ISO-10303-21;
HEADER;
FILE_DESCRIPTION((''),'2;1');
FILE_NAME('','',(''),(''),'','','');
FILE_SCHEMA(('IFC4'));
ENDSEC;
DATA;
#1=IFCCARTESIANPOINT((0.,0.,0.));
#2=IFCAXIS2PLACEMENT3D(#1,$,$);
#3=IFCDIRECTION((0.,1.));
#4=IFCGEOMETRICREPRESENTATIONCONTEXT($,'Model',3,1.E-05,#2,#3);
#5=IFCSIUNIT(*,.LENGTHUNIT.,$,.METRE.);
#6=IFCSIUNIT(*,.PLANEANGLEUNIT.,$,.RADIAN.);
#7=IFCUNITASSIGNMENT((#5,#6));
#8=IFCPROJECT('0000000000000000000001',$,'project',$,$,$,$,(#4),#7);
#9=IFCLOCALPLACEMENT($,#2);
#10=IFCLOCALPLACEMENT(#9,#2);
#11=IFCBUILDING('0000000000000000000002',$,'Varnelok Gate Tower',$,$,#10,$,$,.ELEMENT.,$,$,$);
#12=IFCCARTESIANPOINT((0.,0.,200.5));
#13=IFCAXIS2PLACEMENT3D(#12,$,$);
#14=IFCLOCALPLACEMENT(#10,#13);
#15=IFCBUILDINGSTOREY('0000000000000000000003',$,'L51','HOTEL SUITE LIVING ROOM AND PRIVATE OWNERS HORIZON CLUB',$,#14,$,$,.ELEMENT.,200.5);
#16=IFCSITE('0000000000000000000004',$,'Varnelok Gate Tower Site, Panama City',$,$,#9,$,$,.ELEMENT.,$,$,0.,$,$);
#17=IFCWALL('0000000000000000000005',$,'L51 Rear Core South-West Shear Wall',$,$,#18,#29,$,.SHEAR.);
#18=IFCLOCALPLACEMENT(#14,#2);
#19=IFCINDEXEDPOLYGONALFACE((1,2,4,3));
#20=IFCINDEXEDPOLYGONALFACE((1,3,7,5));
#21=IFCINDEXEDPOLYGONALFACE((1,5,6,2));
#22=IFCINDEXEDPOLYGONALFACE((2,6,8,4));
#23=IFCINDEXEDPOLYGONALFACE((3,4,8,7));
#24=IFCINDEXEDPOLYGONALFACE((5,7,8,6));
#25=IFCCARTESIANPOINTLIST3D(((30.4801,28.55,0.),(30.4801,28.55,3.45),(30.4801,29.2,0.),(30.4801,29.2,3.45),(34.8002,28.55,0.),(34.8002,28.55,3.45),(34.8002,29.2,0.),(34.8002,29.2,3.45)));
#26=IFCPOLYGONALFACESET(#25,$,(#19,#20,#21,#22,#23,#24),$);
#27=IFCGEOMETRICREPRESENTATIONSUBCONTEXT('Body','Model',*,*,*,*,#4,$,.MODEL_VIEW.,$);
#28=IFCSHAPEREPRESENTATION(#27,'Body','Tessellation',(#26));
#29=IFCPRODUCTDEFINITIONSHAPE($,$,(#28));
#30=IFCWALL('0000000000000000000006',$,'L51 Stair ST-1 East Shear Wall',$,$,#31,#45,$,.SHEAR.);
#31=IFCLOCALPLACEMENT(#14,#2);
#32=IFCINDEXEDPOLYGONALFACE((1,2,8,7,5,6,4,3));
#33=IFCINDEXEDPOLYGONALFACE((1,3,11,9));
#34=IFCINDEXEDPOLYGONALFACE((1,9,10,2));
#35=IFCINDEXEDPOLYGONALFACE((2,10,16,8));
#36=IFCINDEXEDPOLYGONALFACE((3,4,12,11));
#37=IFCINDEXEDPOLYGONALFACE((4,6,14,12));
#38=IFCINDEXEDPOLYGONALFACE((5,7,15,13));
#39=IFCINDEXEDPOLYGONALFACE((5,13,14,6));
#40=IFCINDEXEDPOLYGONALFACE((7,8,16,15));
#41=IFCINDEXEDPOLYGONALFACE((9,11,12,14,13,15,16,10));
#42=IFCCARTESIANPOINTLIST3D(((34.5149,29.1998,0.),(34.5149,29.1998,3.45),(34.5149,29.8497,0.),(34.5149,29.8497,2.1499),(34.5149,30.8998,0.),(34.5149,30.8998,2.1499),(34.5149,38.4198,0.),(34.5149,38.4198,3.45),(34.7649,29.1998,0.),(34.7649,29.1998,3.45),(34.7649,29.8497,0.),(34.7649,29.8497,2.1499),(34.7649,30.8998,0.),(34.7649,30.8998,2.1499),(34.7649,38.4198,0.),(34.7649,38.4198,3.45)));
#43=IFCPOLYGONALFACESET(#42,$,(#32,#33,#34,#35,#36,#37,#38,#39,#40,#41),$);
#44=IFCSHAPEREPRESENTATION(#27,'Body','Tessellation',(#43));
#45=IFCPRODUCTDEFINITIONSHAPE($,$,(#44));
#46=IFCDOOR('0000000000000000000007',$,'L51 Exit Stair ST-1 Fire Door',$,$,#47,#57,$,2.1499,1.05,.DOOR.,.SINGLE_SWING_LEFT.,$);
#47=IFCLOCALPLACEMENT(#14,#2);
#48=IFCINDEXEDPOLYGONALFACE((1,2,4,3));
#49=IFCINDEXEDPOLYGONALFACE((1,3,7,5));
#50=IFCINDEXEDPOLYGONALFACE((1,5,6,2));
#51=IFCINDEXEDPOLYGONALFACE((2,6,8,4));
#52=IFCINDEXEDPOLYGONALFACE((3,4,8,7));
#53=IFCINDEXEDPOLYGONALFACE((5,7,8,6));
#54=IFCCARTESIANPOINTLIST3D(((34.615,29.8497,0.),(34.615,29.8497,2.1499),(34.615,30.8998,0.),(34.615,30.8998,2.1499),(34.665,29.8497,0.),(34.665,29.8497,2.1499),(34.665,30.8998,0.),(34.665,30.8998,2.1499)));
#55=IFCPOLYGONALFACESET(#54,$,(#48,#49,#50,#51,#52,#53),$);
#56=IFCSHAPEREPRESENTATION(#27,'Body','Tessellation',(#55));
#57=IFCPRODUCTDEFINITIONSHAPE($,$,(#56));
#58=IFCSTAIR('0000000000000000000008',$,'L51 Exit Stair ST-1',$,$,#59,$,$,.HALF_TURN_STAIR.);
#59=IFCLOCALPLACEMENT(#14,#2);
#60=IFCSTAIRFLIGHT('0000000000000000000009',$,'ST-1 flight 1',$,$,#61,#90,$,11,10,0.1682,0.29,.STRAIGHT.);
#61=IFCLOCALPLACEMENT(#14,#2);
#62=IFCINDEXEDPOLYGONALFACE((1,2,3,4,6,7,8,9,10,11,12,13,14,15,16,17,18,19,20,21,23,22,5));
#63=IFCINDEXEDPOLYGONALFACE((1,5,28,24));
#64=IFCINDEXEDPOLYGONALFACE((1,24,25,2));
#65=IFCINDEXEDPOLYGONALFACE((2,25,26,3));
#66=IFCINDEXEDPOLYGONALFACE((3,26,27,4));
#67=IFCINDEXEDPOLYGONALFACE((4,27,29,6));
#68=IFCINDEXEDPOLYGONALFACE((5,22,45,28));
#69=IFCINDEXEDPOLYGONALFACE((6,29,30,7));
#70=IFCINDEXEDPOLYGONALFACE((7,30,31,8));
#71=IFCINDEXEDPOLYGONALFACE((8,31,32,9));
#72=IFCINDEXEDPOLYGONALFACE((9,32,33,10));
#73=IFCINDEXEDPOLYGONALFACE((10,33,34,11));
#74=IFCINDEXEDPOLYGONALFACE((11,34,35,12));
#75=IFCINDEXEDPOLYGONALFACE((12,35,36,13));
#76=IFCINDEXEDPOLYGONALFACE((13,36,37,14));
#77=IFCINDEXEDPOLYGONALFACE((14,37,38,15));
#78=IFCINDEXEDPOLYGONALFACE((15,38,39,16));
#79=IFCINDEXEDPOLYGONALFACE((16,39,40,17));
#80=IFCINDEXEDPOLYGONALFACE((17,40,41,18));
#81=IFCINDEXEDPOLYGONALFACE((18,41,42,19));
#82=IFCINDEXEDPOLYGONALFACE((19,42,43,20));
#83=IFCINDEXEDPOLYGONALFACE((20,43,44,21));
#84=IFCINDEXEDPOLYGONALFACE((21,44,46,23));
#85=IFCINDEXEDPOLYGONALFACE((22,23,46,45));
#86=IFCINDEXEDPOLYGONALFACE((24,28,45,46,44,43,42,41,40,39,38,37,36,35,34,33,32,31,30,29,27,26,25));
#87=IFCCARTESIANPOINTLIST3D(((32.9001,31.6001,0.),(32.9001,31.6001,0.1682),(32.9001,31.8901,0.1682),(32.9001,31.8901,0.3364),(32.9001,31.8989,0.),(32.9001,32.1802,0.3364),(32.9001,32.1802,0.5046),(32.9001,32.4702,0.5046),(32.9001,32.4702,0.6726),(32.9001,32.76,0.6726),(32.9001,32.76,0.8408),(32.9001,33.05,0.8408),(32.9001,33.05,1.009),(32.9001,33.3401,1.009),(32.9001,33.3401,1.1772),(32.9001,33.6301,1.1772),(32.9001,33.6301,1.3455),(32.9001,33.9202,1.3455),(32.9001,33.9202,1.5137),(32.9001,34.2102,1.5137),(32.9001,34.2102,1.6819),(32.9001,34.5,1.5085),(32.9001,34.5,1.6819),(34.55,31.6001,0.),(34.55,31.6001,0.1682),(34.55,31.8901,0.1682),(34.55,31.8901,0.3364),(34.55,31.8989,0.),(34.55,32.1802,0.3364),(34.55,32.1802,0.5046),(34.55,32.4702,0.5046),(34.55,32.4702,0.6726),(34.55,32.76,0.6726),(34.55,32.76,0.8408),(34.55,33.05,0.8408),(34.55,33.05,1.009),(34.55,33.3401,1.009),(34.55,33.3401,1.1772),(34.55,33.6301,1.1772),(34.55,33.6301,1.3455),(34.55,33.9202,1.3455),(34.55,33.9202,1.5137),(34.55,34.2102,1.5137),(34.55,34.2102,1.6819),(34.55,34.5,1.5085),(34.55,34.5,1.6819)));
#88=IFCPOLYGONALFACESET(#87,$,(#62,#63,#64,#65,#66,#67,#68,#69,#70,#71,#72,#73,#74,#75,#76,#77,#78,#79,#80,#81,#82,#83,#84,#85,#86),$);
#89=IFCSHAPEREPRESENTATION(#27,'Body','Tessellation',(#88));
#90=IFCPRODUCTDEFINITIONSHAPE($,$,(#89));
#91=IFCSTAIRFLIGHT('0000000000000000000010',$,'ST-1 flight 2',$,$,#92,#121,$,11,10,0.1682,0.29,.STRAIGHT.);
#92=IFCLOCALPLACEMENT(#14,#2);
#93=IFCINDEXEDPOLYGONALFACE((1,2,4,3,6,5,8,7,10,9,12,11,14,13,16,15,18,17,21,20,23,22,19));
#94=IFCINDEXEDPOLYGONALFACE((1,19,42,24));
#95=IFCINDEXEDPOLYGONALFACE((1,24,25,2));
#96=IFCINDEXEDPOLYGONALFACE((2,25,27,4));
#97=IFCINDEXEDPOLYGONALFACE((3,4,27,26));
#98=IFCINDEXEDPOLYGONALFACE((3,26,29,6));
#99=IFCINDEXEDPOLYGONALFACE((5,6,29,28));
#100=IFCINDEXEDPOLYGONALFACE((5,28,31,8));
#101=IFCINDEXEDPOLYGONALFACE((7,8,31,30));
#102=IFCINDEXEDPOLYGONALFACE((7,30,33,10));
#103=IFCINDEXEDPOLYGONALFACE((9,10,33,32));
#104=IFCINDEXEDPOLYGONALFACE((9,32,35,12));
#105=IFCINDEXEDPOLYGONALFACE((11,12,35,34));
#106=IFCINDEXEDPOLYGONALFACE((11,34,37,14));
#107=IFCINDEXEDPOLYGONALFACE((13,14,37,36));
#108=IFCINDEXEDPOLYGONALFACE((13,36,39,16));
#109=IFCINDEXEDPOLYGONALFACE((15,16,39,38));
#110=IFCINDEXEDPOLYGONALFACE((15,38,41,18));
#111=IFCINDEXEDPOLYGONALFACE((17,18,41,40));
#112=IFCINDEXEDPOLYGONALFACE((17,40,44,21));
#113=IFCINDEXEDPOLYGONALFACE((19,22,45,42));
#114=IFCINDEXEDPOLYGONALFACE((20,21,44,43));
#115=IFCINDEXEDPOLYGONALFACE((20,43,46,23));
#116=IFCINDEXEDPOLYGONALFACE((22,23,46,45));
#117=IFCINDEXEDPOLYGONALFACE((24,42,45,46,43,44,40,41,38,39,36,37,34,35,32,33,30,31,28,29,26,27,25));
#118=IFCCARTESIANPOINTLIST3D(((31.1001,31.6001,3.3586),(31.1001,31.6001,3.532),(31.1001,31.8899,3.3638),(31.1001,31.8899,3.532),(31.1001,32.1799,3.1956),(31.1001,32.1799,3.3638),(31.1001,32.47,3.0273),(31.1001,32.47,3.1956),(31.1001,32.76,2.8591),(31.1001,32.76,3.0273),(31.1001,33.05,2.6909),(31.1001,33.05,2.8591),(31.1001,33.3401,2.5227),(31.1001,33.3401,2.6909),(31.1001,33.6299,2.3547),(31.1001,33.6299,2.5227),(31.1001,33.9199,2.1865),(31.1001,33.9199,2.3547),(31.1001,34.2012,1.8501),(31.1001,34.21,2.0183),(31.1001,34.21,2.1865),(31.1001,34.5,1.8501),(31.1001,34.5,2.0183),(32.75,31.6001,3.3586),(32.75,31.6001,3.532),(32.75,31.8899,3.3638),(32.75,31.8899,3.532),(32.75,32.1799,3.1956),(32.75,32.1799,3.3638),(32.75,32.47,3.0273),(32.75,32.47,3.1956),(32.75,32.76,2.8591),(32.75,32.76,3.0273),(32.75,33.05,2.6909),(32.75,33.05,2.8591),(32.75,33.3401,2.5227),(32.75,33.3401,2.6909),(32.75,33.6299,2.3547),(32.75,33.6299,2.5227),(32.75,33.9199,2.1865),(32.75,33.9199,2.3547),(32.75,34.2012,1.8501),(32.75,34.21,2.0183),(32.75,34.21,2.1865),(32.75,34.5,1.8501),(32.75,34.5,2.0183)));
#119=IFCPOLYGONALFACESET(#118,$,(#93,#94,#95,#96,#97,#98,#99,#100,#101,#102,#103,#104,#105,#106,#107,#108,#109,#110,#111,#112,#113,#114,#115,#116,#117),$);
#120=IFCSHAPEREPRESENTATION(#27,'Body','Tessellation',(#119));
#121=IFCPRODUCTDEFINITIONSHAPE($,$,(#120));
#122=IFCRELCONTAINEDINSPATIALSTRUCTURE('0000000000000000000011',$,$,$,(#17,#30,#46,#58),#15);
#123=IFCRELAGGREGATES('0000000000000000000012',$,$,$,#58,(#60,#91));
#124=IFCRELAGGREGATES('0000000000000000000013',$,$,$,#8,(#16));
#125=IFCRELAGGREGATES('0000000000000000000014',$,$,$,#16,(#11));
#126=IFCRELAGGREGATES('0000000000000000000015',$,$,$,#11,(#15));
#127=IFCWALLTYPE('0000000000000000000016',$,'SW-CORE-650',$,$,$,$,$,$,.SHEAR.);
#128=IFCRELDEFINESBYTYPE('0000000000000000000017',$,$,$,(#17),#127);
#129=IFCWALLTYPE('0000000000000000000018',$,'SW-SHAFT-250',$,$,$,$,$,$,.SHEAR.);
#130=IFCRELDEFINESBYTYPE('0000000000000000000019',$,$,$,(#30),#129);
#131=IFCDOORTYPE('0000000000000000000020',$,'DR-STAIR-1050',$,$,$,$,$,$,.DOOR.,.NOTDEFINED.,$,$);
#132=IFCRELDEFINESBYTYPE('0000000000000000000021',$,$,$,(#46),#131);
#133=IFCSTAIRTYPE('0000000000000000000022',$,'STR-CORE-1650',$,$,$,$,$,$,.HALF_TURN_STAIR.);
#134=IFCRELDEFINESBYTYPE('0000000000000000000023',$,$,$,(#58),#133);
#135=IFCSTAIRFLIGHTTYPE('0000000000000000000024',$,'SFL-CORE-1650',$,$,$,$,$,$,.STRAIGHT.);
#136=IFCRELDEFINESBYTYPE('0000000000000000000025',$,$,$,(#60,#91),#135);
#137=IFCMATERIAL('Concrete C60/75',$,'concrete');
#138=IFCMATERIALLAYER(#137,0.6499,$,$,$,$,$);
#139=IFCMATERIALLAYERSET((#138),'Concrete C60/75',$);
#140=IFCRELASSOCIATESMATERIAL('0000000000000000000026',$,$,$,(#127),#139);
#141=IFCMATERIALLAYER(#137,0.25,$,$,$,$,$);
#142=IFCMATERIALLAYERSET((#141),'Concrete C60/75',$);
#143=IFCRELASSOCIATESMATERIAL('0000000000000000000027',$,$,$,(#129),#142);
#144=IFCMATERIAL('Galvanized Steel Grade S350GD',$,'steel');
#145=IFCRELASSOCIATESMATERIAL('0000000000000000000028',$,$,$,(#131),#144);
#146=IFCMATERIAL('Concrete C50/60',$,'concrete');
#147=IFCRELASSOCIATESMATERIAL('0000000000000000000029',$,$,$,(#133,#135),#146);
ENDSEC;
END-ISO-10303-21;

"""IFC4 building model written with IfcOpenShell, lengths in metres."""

from ifc_helpers import new_model, si_unit, direction, frame, frame_2d, origin, place, context, subcontext, project, spatial, polyline, rectangle, outline, extrude, material, layer, layer_set, type_object, element, fill, aggregate, save


model = new_model("IFC4")

# Units and contexts
model_context = context("Model", 3, precision=1e-05, world=origin(), true_north=direction((0.0, 1.0)))
body_context = subcontext(model_context, "Body", "Model", "MODEL_VIEW")
ifc_project = project(units=[si_unit("LENGTHUNIT", "METRE"), si_unit("PLANEANGLEUNIT", "RADIAN")], contexts=[model_context])

# Site, building, storey
site_placement = place(None, origin())
site = spatial("IfcSite", under=ifc_project, at=site_placement, Name="Varnelok Gate Tower Site, Panama City", CompositionType="ELEMENT", RefElevation=0.0)
building_placement = place(site_placement, origin())
building = spatial("IfcBuilding", under=site, at=building_placement, Name="Varnelok Gate Tower", CompositionType="ELEMENT")
storey_placement = place(building_placement, frame((0.0, 0.0, 200.5)))
storey = spatial("IfcBuildingStorey", under=building, at=storey_placement, Name="L51", Description="HOTEL SUITE LIVING ROOM AND PRIVATE OWNERS HORIZON CLUB", CompositionType="ELEMENT", Elevation=200.5)

# Shared definitions
ifc_material_1 = material(Name="Concrete C60/75", Category="concrete")

# Shared definitions
ifc_material_2 = material(Name="Galvanized Steel Grade S350GD", Category="steel")

# Wall
ifc_layer_1 = layer(ifc_material_1, 0.6499)
ifc_layer_set_1 = layer_set([ifc_layer_1], Name="Concrete C60/75")
wall_type_1 = type_object("IfcWallType", Name="SW-CORE-650", PredefinedType="SHEAR", material=ifc_layer_set_1)
wall_1_placement = place(storey_placement, frame((30.48, 28.875, 0.0), z_axis=(0.0, 0.0, 1.0), x_axis=(1.0, 0.0, 0.0)))
element("IfcWall", 1, at=wall_1_placement, inside=storey, type_object=wall_type_1, Name="L51 Rear Core South-West Shear Wall", PredefinedType="SHEAR", context=body_context, shape_type="SweptSolid", body=[
    extrude(rectangle(XDim=4.3201, YDim=0.6499, at=frame_2d((2.1602, 0.0))), origin(), (0.0, 0.0, 1.0), 3.45),
])

# Wall, opening, door
ifc_layer_2 = layer(ifc_material_1, 0.25)
ifc_layer_set_2 = layer_set([ifc_layer_2], Name="Concrete C60/75")
wall_type_2 = type_object("IfcWallType", Name="SW-SHAFT-250", PredefinedType="SHEAR", material=ifc_layer_set_2)
wall_2_placement = place(storey_placement, frame((34.6399, 29.2, 0.0), z_axis=(0.0, 0.0, 1.0), x_axis=(0.0, 1.0, 0.0)))
wall_2 = element("IfcWall", 2, at=wall_2_placement, inside=storey, type_object=wall_type_2, Name="L51 Stair ST-1 East Shear Wall", PredefinedType="SHEAR", context=body_context, shape_type="SweptSolid", body=[
    extrude(rectangle(XDim=9.22, YDim=0.25, at=frame_2d((4.6099, 0.0))), origin(), (0.0, 0.0, 1.0), 3.45),
])
opening_1_placement = place(wall_2_placement, frame((0.6499, 0.0, 0.0)))
opening_1 = element("IfcOpeningElement", 3, at=opening_1_placement, cuts=wall_2, PredefinedType="OPENING", context=body_context, shape_type="SweptSolid", body=[
    extrude(rectangle(XDim=1.05, YDim=2.1499, at=frame_2d((0.5249, 1.075))), frame((0.0, 0.135, 0.0), z_axis=(0.0, -1.0, 0.0), x_axis=(1.0, 0.0, 0.0)), (0.0, 0.0, 1.0), 0.27),
])
door_type_1 = type_object("IfcDoorType", Name="DR-STAIR-1050", OperationType="NOTDEFINED", PredefinedType="DOOR", material=ifc_material_2)
door_1_placement = place(opening_1_placement, origin())
door_1 = element("IfcDoor", 4, at=door_1_placement, inside=storey, type_object=door_type_1, Name="L51 Exit Stair ST-1 Fire Door", OperationType="SINGLE_SWING_LEFT", OverallHeight=2.1499, OverallWidth=1.05, PredefinedType="DOOR", context=body_context, shape_type="SweptSolid", body=[
    extrude(rectangle(XDim=1.05, YDim=2.1499, at=frame_2d((0.5249, 1.075))), frame((0.0, 0.0249, 0.0), z_axis=(0.0, -1.0, 0.0), x_axis=(1.0, 0.0, 0.0)), (0.0, 0.0, 1.0), 0.05),
])
fill(opening_1, door_1)

# Stair, stair flights
ifc_material_3 = material(Name="Concrete C50/60", Category="concrete")
stair_type = type_object("IfcStairType", Name="STR-CORE-1650", PredefinedType="HALF_TURN_STAIR", material=ifc_material_3)
stair_placement = place(storey_placement, origin())
stair = element("IfcStair", 5, at=stair_placement, inside=storey, type_object=stair_type, Name="L51 Exit Stair ST-1", PredefinedType="HALF_TURN_STAIR")
stair_flight_type = type_object("IfcStairFlightType", Name="SFL-CORE-1650", PredefinedType="STRAIGHT", material=ifc_material_3)
stair_flight_1_placement = place(storey_placement, frame((33.7251, 31.6001, 0.0), z_axis=(0.0, 0.0, 1.0), x_axis=(0.0, 1.0, 0.0)))
stair_flight_1 = element("IfcStairFlight", 6, at=stair_flight_1_placement, type_object=stair_flight_type, Name="ST-1 flight 1", NumberOfRisers=11, NumberOfTreads=10, PredefinedType="STRAIGHT", RiserHeight=0.1682, TreadLength=0.29, context=body_context, shape_type="SweptSolid", body=[
    extrude(outline(polyline([(0.0, 0.0), (0.0, 0.1682), (0.29, 0.1682), (0.29, 0.3364), (0.5801, 0.3364), (0.5801, 0.5046), (0.8701, 0.5046), (0.8701, 0.6726), (1.1599, 0.6726), (1.1599, 0.8408), (1.45, 0.8408), (1.45, 1.009), (1.74, 1.009), (1.74, 1.1772), (2.03, 1.1772), (2.03, 1.3455), (2.3201, 1.3455), (2.3201, 1.5137), (2.6101, 1.5137), (2.6101, 1.6819), (2.8999, 1.6819), (2.8999, 1.8501), (2.8999, 1.5085), (0.2988, 0.0), (0.0, 0.0)])), frame((0.0, 0.825, 0.0), z_axis=(0.0, -1.0, 0.0), x_axis=(1.0, 0.0, 0.0)), (0.0, 0.0, 1.0), 1.6499),
])
stair_flight_2_placement = place(storey_placement, frame((31.925, 34.5, 1.8501), z_axis=(0.0, 0.0, 1.0), x_axis=(0.0, -1.0, 0.0)))
stair_flight_2 = element("IfcStairFlight", 7, at=stair_flight_2_placement, type_object=stair_flight_type, Name="ST-1 flight 2", NumberOfRisers=11, NumberOfTreads=10, PredefinedType="STRAIGHT", RiserHeight=0.1682, TreadLength=0.29, context=body_context, shape_type="SweptSolid", body=[
    extrude(outline(polyline([(0.0, 0.0), (0.0, 0.1682), (0.29, 0.1682), (0.29, 0.3364), (0.5801, 0.3364), (0.5801, 0.5046), (0.8701, 0.5046), (0.8701, 0.6726), (1.1599, 0.6726), (1.1599, 0.8408), (1.45, 0.8408), (1.45, 1.009), (1.74, 1.009), (1.74, 1.1772), (2.03, 1.1772), (2.03, 1.3455), (2.3201, 1.3455), (2.3201, 1.5137), (2.6101, 1.5137), (2.6101, 1.6819), (2.8999, 1.6819), (2.8999, 1.8501), (2.8999, 1.5085), (0.2988, 0.0), (0.0, 0.0)])), frame((0.0, 0.825, 0.0), z_axis=(0.0, -1.0, 0.0), x_axis=(1.0, 0.0, 0.0)), (0.0, 0.0, 1.0), 1.6499),
])
aggregate(stair, [stair_flight_1, stair_flight_2])

save(model, "model.ifc")
